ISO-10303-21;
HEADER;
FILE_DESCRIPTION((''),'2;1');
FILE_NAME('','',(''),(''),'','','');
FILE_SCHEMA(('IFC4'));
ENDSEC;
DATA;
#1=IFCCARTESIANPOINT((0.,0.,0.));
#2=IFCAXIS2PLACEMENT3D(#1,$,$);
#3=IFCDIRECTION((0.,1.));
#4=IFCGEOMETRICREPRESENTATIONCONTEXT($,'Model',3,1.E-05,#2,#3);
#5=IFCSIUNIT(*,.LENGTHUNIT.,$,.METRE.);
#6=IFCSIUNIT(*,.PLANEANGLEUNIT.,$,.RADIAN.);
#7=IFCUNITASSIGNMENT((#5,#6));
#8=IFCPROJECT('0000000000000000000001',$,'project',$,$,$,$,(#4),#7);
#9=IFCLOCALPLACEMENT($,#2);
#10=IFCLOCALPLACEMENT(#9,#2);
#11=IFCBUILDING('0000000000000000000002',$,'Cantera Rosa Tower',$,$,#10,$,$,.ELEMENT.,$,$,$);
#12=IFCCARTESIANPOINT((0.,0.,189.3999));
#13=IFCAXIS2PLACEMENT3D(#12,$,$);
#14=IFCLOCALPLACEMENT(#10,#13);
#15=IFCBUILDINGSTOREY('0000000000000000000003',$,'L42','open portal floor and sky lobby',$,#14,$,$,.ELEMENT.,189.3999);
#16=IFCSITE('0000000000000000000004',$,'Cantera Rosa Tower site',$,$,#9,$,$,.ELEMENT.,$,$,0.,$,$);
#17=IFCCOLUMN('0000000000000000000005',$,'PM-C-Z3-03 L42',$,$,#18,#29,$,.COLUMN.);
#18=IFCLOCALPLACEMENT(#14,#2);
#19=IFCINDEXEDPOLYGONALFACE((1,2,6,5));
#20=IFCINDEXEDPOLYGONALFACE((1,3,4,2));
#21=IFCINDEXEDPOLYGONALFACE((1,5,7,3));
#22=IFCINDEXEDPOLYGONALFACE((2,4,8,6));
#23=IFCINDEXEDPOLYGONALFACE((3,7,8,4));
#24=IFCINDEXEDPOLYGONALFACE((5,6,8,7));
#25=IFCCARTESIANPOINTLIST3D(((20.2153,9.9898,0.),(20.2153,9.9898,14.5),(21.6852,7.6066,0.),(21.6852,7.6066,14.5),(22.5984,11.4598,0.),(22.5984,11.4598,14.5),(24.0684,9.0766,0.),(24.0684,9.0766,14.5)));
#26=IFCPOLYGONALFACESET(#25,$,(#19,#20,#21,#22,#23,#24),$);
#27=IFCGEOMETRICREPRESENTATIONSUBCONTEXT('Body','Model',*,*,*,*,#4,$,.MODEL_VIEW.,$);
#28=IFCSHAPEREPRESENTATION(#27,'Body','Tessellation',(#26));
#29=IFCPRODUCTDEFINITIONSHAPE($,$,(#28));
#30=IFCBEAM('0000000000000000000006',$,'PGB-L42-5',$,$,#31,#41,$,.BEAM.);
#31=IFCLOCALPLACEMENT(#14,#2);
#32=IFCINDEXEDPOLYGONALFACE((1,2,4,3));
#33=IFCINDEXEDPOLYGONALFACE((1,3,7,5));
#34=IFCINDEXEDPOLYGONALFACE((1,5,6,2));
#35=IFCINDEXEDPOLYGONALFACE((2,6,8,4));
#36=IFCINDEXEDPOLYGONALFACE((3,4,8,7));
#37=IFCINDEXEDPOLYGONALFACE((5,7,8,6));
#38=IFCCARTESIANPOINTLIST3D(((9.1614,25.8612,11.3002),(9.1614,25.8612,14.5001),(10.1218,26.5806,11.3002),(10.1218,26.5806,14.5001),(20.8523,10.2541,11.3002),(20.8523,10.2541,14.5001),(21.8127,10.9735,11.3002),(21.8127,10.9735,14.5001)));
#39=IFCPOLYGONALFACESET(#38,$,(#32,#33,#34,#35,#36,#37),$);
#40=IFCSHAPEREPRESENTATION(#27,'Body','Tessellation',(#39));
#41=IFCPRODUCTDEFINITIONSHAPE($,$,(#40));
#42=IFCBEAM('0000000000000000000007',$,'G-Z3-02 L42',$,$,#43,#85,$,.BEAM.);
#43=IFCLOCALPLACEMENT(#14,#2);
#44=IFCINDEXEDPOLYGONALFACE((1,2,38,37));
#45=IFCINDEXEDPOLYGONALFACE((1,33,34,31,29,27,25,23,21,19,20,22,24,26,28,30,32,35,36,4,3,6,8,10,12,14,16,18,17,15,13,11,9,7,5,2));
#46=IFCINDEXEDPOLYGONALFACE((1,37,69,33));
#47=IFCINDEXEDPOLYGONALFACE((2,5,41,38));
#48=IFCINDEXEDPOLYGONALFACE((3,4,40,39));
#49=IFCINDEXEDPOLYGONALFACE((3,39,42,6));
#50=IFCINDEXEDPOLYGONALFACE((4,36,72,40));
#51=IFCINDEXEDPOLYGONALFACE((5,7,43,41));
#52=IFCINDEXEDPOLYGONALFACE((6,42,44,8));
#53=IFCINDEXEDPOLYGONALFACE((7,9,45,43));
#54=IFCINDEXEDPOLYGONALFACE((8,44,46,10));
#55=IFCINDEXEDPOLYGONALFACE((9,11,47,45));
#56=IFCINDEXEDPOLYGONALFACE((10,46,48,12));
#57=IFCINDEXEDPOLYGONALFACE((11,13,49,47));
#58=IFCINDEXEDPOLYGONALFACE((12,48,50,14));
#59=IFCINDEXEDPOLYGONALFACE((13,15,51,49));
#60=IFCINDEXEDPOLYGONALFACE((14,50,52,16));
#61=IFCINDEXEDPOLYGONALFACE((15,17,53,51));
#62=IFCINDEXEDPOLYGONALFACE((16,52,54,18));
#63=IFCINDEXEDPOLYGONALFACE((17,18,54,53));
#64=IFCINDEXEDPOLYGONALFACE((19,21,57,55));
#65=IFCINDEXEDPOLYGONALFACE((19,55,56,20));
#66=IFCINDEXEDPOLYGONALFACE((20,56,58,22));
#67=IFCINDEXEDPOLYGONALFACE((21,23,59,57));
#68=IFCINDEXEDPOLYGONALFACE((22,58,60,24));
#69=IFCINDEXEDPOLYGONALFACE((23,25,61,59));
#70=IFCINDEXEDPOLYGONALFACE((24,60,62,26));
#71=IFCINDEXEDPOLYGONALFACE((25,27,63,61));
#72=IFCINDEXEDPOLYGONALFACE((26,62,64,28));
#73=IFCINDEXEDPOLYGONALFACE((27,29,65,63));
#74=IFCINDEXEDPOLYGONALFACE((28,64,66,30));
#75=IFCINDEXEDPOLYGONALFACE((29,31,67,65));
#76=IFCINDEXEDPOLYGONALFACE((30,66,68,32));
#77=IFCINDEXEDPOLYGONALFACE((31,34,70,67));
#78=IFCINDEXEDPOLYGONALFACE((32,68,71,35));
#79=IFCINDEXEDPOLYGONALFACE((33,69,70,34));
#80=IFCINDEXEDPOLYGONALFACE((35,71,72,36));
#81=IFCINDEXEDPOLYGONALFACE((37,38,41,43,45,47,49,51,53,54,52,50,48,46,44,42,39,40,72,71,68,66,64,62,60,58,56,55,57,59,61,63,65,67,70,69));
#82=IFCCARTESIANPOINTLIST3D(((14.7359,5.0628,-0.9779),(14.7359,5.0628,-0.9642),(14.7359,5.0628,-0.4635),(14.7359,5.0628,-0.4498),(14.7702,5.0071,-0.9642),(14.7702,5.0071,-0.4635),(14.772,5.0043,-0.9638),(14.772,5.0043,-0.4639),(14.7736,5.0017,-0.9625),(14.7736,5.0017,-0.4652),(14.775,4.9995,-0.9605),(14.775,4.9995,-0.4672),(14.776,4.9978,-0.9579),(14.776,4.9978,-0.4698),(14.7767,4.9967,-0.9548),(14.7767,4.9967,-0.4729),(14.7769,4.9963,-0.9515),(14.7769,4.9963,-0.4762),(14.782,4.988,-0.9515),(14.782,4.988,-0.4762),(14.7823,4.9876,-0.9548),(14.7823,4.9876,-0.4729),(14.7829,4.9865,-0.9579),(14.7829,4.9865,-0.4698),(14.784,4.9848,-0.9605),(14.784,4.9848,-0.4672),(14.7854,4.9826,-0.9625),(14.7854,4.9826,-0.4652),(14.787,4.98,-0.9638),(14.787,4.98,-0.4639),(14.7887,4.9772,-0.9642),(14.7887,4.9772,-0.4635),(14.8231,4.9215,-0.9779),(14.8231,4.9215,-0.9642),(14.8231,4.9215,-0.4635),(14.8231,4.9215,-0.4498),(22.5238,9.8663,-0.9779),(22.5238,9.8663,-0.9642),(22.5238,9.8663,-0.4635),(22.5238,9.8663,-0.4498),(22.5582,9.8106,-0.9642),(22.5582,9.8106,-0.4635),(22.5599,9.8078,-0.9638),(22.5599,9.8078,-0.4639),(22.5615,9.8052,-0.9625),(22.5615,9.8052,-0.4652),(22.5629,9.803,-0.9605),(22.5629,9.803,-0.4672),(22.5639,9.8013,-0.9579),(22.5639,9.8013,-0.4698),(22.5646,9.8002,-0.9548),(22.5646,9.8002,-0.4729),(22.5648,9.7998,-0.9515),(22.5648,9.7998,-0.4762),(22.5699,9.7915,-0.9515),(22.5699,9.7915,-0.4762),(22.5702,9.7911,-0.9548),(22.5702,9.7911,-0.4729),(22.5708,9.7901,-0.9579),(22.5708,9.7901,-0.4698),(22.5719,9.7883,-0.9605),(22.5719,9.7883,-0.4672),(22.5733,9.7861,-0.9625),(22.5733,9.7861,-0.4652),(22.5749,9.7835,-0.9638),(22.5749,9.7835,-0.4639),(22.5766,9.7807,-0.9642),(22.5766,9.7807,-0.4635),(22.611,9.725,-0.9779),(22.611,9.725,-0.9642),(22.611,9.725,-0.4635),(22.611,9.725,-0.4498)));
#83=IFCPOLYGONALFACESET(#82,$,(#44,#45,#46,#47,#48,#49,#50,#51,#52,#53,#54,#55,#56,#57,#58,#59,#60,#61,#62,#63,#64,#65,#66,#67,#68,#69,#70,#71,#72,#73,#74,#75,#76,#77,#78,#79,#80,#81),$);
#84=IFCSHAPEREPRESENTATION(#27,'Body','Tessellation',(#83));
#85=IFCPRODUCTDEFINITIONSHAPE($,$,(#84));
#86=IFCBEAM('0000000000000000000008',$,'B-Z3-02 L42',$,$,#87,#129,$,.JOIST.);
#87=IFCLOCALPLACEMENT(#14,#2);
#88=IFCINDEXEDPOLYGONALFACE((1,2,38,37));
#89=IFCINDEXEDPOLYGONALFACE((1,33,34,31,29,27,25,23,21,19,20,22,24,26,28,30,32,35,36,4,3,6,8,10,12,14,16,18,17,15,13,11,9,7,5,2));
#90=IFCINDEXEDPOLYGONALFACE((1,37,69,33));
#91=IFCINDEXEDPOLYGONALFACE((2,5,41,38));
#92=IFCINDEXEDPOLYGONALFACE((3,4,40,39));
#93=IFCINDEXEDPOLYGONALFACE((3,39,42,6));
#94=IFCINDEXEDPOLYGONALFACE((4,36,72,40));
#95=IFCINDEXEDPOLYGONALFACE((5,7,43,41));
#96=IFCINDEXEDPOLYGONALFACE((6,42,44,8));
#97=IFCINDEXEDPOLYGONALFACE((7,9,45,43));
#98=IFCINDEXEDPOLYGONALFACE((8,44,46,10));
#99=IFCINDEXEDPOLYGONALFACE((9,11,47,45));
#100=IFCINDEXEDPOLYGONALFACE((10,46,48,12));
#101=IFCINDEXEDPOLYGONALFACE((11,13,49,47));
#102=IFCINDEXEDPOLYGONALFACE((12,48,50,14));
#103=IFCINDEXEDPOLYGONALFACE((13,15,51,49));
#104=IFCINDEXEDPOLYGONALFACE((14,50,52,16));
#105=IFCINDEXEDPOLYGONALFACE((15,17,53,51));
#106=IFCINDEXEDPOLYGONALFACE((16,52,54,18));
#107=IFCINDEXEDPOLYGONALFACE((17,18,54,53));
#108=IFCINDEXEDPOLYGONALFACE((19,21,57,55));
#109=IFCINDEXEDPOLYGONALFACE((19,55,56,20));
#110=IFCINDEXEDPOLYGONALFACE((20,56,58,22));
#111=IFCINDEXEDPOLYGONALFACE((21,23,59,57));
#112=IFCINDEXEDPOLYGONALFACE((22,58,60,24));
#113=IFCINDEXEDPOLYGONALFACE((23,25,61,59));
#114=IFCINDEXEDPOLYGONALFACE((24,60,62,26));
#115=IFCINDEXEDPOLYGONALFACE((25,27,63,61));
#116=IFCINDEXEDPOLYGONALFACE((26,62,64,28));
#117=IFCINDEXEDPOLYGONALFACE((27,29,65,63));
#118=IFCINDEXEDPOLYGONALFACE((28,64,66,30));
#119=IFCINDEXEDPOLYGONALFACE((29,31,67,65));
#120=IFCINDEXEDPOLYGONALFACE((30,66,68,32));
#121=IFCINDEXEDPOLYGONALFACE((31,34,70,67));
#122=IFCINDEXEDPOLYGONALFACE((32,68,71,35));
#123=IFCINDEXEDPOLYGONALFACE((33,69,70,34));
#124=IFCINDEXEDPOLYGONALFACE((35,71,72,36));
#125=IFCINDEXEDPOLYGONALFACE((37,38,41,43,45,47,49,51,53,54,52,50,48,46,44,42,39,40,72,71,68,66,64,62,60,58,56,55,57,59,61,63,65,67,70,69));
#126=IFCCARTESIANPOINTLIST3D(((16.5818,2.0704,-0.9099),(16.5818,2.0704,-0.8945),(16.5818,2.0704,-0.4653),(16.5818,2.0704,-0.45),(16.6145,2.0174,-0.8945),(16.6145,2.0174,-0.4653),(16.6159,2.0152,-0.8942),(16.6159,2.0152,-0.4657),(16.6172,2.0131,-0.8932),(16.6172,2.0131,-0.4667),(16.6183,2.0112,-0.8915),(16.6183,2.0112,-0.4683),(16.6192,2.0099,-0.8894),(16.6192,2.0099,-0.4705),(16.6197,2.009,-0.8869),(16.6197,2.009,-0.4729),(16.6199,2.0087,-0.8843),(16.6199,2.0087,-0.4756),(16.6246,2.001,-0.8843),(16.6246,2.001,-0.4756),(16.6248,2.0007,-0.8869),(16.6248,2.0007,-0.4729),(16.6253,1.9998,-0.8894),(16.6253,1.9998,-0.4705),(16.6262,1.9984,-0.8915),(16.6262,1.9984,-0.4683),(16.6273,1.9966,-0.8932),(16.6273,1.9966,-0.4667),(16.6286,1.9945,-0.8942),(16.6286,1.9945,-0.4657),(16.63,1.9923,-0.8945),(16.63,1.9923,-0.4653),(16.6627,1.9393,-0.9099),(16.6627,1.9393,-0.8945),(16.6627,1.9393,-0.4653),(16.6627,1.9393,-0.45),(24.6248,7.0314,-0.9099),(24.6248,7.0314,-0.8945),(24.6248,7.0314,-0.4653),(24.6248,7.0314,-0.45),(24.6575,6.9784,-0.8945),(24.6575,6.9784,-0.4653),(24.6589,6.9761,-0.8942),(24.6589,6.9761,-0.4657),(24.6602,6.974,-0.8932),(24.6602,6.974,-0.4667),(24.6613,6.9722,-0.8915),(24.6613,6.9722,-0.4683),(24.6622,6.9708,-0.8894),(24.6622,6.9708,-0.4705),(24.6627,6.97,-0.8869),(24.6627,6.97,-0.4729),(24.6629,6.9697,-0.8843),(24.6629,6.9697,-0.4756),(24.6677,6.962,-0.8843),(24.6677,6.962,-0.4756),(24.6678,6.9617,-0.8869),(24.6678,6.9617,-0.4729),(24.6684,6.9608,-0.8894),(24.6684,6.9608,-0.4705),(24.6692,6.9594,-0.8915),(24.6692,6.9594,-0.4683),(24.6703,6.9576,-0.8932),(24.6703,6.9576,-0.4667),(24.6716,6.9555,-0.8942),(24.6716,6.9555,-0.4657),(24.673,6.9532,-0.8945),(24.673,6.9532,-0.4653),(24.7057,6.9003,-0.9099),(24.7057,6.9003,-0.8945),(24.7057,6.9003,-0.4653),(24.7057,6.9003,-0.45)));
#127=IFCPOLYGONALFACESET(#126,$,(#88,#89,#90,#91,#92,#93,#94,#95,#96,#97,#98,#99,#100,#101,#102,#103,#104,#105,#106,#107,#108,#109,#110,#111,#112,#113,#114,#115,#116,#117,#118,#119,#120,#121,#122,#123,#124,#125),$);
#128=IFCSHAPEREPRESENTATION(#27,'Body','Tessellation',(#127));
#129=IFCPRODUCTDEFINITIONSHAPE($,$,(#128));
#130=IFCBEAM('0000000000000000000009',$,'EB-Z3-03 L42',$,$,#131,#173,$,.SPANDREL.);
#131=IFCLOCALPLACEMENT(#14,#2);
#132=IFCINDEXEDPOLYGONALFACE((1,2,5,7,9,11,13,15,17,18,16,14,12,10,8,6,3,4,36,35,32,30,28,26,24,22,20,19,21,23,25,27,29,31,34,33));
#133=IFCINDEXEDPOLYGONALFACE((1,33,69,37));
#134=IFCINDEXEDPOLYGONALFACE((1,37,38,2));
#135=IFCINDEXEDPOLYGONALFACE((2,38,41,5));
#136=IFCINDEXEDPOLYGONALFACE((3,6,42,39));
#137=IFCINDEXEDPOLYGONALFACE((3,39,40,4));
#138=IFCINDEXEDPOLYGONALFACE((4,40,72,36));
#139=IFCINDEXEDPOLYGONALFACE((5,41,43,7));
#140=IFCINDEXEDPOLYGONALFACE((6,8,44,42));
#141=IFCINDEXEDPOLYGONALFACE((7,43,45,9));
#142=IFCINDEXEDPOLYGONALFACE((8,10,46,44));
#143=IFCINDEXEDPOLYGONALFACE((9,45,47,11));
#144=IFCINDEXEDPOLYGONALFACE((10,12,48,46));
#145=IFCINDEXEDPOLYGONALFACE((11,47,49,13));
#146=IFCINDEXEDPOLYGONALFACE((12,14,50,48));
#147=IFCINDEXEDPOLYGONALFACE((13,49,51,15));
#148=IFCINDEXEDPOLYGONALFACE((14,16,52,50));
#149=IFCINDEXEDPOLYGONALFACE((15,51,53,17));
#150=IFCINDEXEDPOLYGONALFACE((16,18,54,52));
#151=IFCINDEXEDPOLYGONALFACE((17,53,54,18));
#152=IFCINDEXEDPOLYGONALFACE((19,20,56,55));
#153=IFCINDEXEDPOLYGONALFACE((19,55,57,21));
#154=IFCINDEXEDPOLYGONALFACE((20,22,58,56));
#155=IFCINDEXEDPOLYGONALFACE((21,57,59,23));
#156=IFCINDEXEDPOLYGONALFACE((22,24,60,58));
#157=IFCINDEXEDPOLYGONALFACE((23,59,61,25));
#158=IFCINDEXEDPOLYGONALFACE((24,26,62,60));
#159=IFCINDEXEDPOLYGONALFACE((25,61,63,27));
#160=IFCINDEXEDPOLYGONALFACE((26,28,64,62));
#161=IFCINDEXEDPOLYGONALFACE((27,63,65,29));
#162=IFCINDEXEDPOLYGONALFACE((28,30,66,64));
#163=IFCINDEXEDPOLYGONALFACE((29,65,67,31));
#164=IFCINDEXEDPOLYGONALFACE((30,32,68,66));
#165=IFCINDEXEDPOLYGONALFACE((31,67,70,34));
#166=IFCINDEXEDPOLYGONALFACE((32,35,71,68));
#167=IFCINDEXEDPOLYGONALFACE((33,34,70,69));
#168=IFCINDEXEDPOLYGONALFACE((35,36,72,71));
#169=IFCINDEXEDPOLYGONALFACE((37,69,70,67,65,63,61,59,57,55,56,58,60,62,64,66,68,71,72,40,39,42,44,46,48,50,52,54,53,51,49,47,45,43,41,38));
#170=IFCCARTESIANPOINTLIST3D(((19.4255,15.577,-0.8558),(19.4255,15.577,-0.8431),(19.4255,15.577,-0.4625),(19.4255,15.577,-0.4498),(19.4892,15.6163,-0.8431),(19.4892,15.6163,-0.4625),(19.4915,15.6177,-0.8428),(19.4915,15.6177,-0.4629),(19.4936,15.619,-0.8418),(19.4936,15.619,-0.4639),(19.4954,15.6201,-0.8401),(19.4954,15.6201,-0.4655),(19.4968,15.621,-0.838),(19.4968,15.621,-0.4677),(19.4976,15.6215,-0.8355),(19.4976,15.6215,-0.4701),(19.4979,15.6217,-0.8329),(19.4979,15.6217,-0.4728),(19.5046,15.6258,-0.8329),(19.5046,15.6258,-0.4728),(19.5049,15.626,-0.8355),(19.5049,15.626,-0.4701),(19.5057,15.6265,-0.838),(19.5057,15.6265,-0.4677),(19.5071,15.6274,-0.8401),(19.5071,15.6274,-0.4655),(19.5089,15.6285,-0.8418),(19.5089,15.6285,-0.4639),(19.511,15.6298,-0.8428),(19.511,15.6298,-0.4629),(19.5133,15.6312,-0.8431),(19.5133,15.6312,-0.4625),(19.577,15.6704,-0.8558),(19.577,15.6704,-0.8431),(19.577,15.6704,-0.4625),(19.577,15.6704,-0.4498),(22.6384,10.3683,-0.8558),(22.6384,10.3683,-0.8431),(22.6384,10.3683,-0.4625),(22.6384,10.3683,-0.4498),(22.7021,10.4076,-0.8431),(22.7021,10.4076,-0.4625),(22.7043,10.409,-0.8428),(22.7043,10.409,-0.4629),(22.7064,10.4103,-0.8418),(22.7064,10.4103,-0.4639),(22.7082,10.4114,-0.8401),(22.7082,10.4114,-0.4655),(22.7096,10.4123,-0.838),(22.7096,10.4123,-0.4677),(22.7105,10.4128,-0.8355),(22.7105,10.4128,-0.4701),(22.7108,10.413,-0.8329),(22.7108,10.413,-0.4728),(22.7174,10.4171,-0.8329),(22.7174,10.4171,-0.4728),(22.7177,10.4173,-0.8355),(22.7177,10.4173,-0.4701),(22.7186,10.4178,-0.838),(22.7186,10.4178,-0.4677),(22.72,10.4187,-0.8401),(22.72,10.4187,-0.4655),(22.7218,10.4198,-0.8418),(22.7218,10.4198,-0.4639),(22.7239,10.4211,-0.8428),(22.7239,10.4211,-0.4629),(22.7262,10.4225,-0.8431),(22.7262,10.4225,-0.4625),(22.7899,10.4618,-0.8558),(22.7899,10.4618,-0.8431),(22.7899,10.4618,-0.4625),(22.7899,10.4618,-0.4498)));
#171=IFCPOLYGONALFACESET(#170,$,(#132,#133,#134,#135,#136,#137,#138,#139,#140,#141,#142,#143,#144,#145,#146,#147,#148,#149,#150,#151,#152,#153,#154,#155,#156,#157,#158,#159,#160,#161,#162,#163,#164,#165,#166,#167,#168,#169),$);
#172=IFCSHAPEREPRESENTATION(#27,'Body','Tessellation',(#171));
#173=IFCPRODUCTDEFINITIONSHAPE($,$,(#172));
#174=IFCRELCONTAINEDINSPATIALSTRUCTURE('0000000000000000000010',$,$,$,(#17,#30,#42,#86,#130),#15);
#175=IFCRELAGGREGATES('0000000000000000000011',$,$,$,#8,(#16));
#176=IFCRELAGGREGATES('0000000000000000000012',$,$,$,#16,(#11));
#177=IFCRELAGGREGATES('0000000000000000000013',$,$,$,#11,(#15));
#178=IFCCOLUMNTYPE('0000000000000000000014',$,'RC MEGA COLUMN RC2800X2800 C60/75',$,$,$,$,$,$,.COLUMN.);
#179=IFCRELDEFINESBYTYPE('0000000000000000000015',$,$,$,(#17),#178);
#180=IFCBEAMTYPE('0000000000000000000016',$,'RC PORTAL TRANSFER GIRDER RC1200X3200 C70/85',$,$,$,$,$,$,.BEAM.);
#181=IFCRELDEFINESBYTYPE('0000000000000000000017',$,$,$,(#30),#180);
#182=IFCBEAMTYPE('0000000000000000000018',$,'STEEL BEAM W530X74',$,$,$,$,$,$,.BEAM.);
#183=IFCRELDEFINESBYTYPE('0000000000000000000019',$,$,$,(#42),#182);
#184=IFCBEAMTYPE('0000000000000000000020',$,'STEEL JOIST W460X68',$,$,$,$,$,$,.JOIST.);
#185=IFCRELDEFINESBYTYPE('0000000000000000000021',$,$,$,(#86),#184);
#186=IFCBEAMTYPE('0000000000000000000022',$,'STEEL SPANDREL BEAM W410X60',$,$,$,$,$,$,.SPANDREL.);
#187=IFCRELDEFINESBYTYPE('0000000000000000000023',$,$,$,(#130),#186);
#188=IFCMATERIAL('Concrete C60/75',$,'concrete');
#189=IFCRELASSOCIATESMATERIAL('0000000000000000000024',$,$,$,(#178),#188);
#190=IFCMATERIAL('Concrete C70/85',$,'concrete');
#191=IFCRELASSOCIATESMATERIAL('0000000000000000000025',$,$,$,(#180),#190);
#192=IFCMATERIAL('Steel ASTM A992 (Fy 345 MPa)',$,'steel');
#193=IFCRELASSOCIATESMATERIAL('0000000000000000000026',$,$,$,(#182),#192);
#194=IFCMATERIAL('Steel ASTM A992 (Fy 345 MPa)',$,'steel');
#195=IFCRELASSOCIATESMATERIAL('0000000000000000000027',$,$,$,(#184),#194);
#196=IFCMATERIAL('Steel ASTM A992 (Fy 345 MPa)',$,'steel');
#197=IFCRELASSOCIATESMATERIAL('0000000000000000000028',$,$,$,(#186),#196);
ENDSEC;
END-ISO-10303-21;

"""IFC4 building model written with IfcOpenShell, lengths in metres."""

from ifc_helpers import new_model, si_unit, direction, frame, origin, origin_2d, place, context, subcontext, project, spatial, rectangle, i_section, extrude, material, material_profile, profile_set, type_object, element, save


model = new_model("IFC4")

# Units and contexts
model_context = context("Model", 3, precision=1e-05, world=origin(), true_north=direction((0.0, 1.0)))
body_context = subcontext(model_context, "Body", "Model", "MODEL_VIEW")
ifc_project = project(units=[si_unit("LENGTHUNIT", "METRE"), si_unit("PLANEANGLEUNIT", "RADIAN")], contexts=[model_context])

# Site, building, storey
site_placement = place(None, origin())
site = spatial("IfcSite", under=ifc_project, at=site_placement, Name="Cantera Rosa Tower site", CompositionType="ELEMENT", RefElevation=0.0)
building_placement = place(site_placement, origin())
building = spatial("IfcBuilding", under=site, at=building_placement, Name="Cantera Rosa Tower", CompositionType="ELEMENT")
storey_placement = place(building_placement, frame((0.0, 0.0, 189.3999)))
storey = spatial("IfcBuildingStorey", under=building, at=storey_placement, Name="L42", Description="open portal floor and sky lobby", CompositionType="ELEMENT", Elevation=189.3999)

# Column
ifc_material_1 = material(Name="Concrete C60/75", Category="concrete")
ifc_material_profile_1 = material_profile(ifc_material_1, rectangle(XDim=2.8, YDim=2.8, at=origin_2d()), Name="RC MEGA COLUMN RC2800X2800 C60/75")
ifc_profile_set_1 = profile_set([ifc_material_profile_1], Name="Concrete C60/75")
column_type = type_object("IfcColumnType", Name="RC MEGA COLUMN RC2800X2800 C60/75", PredefinedType="COLUMN", material=ifc_profile_set_1)
column_placement = place(storey_placement, frame((22.1418, 9.5332, 0.0), z_axis=(0.0, 0.0, 1.0), x_axis=(0.851117, 0.524977, 0.0)))
element("IfcColumn", 1, at=column_placement, inside=storey, type_object=column_type, Name="PM-C-Z3-03 L42", PredefinedType="COLUMN", context=body_context, shape_type="SweptSolid", body=[
    extrude(rectangle(XDim=2.8, YDim=2.8, at=origin_2d()), origin(), (0.0, 0.0, 1.0), 14.5),
])

# Beams
ifc_material_2 = material(Name="Concrete C70/85", Category="concrete")
ifc_material_profile_2 = material_profile(ifc_material_2, rectangle(XDim=1.2, YDim=3.2, at=origin_2d()), Name="RC PORTAL TRANSFER GIRDER RC1200X3200 C70/85")
ifc_profile_set_2 = profile_set([ifc_material_profile_2], Name="Concrete C70/85")
beam_type_1 = type_object("IfcBeamType", Name="RC PORTAL TRANSFER GIRDER RC1200X3200 C70/85", PredefinedType="BEAM", material=ifc_profile_set_2)
beam_1_placement = place(storey_placement, frame((21.3325, 10.6138, 12.9001), z_axis=(-0.599525, 0.800356, 0.0), x_axis=(-0.800356, -0.599525, 0.0)))
element("IfcBeam", 2, at=beam_1_placement, inside=storey, type_object=beam_type_1, Name="PGB-L42-5", PredefinedType="BEAM", context=body_context, shape_type="SweptSolid", body=[
    extrude(rectangle(XDim=1.2, YDim=3.2, at=origin_2d()), origin(), (0.0, 0.0, 1.0), 19.5002),
])
ifc_material_3 = material(Name="Steel ASTM A992 (Fy 345 MPa)", Category="steel")
ifc_material_profile_3 = material_profile(ifc_material_3, i_section(OverallWidth=0.166, OverallDepth=0.5281, WebThickness=0.0098, FlangeThickness=0.0137, FilletRadius=0.0127, at=origin_2d()), Name="W530X74")
ifc_profile_set_3 = profile_set([ifc_material_profile_3], Name="Steel ASTM A992 (Fy 345 MPa)")
beam_type_2 = type_object("IfcBeamType", Name="STEEL BEAM W530X74", PredefinedType="BEAM", material=ifc_profile_set_3)
beam_2_placement = place(storey_placement, frame((22.5674, 9.7957, -0.7139), z_axis=(-0.851124, -0.524965, 0.0), x_axis=(0.524965, -0.851124, 0.0)))
element("IfcBeam", 3, at=beam_2_placement, inside=storey, type_object=beam_type_2, Name="G-Z3-02 L42", PredefinedType="BEAM", context=body_context, shape_type="SweptSolid", body=[
    extrude(i_section(OverallWidth=0.166, OverallDepth=0.5281, WebThickness=0.0098, FlangeThickness=0.0137, FilletRadius=0.0127, at=origin_2d()), origin(), (0.0, 0.0, 1.0), 9.1501),
])
ifc_material_4 = material(Name="Steel ASTM A992 (Fy 345 MPa)", Category="steel")
ifc_material_profile_4 = material_profile(ifc_material_4, i_section(OverallWidth=0.1541, OverallDepth=0.46, WebThickness=0.009, FlangeThickness=0.0154, FilletRadius=0.0103, at=origin_2d()), Name="W460X68")
ifc_profile_set_4 = profile_set([ifc_material_profile_4], Name="Steel ASTM A992 (Fy 345 MPa)")
beam_type_3 = type_object("IfcBeamType", Name="STEEL JOIST W460X68", PredefinedType="JOIST", material=ifc_profile_set_4)
beam_3_placement = place(storey_placement, frame((24.6653, 6.9658, -0.6799), z_axis=(-0.851119, -0.524974, 0.0), x_axis=(0.524974, -0.851119, 0.0)))
element("IfcBeam", 4, at=beam_3_placement, inside=storey, type_object=beam_type_3, Name="B-Z3-02 L42", PredefinedType="JOIST", context=body_context, shape_type="SweptSolid", body=[
    extrude(i_section(OverallWidth=0.1541, OverallDepth=0.46, WebThickness=0.009, FlangeThickness=0.0154, FilletRadius=0.0103, at=origin_2d()), origin(), (0.0, 0.0, 1.0), 9.45),
])
ifc_material_5 = material(Name="Steel ASTM A992 (Fy 345 MPa)", Category="steel")
ifc_material_profile_5 = material_profile(ifc_material_5, i_section(OverallWidth=0.178, OverallDepth=0.406, WebThickness=0.0078, FlangeThickness=0.0127, FilletRadius=0.0103, at=origin_2d()), Name="W410X60")
ifc_profile_set_5 = profile_set([ifc_material_profile_5], Name="Steel ASTM A992 (Fy 345 MPa)")
beam_type_4 = type_object("IfcBeamType", Name="STEEL SPANDREL BEAM W410X60", PredefinedType="SPANDREL", material=ifc_profile_set_5)
beam_4_placement = place(storey_placement, frame((22.7141, 10.415, -0.6528), z_axis=(-0.524987, 0.85111, 0.0), x_axis=(-0.85111, -0.524987, 0.0)))
element("IfcBeam", 5, at=beam_4_placement, inside=storey, type_object=beam_type_4, Name="EB-Z3-03 L42", PredefinedType="SPANDREL", context=body_context, shape_type="SweptSolid", body=[
    extrude(i_section(OverallWidth=0.178, OverallDepth=0.406, WebThickness=0.0078, FlangeThickness=0.0127, FilletRadius=0.0103, at=origin_2d()), origin(), (0.0, 0.0, 1.0), 6.1199),
])

save(model, "model.ifc")
